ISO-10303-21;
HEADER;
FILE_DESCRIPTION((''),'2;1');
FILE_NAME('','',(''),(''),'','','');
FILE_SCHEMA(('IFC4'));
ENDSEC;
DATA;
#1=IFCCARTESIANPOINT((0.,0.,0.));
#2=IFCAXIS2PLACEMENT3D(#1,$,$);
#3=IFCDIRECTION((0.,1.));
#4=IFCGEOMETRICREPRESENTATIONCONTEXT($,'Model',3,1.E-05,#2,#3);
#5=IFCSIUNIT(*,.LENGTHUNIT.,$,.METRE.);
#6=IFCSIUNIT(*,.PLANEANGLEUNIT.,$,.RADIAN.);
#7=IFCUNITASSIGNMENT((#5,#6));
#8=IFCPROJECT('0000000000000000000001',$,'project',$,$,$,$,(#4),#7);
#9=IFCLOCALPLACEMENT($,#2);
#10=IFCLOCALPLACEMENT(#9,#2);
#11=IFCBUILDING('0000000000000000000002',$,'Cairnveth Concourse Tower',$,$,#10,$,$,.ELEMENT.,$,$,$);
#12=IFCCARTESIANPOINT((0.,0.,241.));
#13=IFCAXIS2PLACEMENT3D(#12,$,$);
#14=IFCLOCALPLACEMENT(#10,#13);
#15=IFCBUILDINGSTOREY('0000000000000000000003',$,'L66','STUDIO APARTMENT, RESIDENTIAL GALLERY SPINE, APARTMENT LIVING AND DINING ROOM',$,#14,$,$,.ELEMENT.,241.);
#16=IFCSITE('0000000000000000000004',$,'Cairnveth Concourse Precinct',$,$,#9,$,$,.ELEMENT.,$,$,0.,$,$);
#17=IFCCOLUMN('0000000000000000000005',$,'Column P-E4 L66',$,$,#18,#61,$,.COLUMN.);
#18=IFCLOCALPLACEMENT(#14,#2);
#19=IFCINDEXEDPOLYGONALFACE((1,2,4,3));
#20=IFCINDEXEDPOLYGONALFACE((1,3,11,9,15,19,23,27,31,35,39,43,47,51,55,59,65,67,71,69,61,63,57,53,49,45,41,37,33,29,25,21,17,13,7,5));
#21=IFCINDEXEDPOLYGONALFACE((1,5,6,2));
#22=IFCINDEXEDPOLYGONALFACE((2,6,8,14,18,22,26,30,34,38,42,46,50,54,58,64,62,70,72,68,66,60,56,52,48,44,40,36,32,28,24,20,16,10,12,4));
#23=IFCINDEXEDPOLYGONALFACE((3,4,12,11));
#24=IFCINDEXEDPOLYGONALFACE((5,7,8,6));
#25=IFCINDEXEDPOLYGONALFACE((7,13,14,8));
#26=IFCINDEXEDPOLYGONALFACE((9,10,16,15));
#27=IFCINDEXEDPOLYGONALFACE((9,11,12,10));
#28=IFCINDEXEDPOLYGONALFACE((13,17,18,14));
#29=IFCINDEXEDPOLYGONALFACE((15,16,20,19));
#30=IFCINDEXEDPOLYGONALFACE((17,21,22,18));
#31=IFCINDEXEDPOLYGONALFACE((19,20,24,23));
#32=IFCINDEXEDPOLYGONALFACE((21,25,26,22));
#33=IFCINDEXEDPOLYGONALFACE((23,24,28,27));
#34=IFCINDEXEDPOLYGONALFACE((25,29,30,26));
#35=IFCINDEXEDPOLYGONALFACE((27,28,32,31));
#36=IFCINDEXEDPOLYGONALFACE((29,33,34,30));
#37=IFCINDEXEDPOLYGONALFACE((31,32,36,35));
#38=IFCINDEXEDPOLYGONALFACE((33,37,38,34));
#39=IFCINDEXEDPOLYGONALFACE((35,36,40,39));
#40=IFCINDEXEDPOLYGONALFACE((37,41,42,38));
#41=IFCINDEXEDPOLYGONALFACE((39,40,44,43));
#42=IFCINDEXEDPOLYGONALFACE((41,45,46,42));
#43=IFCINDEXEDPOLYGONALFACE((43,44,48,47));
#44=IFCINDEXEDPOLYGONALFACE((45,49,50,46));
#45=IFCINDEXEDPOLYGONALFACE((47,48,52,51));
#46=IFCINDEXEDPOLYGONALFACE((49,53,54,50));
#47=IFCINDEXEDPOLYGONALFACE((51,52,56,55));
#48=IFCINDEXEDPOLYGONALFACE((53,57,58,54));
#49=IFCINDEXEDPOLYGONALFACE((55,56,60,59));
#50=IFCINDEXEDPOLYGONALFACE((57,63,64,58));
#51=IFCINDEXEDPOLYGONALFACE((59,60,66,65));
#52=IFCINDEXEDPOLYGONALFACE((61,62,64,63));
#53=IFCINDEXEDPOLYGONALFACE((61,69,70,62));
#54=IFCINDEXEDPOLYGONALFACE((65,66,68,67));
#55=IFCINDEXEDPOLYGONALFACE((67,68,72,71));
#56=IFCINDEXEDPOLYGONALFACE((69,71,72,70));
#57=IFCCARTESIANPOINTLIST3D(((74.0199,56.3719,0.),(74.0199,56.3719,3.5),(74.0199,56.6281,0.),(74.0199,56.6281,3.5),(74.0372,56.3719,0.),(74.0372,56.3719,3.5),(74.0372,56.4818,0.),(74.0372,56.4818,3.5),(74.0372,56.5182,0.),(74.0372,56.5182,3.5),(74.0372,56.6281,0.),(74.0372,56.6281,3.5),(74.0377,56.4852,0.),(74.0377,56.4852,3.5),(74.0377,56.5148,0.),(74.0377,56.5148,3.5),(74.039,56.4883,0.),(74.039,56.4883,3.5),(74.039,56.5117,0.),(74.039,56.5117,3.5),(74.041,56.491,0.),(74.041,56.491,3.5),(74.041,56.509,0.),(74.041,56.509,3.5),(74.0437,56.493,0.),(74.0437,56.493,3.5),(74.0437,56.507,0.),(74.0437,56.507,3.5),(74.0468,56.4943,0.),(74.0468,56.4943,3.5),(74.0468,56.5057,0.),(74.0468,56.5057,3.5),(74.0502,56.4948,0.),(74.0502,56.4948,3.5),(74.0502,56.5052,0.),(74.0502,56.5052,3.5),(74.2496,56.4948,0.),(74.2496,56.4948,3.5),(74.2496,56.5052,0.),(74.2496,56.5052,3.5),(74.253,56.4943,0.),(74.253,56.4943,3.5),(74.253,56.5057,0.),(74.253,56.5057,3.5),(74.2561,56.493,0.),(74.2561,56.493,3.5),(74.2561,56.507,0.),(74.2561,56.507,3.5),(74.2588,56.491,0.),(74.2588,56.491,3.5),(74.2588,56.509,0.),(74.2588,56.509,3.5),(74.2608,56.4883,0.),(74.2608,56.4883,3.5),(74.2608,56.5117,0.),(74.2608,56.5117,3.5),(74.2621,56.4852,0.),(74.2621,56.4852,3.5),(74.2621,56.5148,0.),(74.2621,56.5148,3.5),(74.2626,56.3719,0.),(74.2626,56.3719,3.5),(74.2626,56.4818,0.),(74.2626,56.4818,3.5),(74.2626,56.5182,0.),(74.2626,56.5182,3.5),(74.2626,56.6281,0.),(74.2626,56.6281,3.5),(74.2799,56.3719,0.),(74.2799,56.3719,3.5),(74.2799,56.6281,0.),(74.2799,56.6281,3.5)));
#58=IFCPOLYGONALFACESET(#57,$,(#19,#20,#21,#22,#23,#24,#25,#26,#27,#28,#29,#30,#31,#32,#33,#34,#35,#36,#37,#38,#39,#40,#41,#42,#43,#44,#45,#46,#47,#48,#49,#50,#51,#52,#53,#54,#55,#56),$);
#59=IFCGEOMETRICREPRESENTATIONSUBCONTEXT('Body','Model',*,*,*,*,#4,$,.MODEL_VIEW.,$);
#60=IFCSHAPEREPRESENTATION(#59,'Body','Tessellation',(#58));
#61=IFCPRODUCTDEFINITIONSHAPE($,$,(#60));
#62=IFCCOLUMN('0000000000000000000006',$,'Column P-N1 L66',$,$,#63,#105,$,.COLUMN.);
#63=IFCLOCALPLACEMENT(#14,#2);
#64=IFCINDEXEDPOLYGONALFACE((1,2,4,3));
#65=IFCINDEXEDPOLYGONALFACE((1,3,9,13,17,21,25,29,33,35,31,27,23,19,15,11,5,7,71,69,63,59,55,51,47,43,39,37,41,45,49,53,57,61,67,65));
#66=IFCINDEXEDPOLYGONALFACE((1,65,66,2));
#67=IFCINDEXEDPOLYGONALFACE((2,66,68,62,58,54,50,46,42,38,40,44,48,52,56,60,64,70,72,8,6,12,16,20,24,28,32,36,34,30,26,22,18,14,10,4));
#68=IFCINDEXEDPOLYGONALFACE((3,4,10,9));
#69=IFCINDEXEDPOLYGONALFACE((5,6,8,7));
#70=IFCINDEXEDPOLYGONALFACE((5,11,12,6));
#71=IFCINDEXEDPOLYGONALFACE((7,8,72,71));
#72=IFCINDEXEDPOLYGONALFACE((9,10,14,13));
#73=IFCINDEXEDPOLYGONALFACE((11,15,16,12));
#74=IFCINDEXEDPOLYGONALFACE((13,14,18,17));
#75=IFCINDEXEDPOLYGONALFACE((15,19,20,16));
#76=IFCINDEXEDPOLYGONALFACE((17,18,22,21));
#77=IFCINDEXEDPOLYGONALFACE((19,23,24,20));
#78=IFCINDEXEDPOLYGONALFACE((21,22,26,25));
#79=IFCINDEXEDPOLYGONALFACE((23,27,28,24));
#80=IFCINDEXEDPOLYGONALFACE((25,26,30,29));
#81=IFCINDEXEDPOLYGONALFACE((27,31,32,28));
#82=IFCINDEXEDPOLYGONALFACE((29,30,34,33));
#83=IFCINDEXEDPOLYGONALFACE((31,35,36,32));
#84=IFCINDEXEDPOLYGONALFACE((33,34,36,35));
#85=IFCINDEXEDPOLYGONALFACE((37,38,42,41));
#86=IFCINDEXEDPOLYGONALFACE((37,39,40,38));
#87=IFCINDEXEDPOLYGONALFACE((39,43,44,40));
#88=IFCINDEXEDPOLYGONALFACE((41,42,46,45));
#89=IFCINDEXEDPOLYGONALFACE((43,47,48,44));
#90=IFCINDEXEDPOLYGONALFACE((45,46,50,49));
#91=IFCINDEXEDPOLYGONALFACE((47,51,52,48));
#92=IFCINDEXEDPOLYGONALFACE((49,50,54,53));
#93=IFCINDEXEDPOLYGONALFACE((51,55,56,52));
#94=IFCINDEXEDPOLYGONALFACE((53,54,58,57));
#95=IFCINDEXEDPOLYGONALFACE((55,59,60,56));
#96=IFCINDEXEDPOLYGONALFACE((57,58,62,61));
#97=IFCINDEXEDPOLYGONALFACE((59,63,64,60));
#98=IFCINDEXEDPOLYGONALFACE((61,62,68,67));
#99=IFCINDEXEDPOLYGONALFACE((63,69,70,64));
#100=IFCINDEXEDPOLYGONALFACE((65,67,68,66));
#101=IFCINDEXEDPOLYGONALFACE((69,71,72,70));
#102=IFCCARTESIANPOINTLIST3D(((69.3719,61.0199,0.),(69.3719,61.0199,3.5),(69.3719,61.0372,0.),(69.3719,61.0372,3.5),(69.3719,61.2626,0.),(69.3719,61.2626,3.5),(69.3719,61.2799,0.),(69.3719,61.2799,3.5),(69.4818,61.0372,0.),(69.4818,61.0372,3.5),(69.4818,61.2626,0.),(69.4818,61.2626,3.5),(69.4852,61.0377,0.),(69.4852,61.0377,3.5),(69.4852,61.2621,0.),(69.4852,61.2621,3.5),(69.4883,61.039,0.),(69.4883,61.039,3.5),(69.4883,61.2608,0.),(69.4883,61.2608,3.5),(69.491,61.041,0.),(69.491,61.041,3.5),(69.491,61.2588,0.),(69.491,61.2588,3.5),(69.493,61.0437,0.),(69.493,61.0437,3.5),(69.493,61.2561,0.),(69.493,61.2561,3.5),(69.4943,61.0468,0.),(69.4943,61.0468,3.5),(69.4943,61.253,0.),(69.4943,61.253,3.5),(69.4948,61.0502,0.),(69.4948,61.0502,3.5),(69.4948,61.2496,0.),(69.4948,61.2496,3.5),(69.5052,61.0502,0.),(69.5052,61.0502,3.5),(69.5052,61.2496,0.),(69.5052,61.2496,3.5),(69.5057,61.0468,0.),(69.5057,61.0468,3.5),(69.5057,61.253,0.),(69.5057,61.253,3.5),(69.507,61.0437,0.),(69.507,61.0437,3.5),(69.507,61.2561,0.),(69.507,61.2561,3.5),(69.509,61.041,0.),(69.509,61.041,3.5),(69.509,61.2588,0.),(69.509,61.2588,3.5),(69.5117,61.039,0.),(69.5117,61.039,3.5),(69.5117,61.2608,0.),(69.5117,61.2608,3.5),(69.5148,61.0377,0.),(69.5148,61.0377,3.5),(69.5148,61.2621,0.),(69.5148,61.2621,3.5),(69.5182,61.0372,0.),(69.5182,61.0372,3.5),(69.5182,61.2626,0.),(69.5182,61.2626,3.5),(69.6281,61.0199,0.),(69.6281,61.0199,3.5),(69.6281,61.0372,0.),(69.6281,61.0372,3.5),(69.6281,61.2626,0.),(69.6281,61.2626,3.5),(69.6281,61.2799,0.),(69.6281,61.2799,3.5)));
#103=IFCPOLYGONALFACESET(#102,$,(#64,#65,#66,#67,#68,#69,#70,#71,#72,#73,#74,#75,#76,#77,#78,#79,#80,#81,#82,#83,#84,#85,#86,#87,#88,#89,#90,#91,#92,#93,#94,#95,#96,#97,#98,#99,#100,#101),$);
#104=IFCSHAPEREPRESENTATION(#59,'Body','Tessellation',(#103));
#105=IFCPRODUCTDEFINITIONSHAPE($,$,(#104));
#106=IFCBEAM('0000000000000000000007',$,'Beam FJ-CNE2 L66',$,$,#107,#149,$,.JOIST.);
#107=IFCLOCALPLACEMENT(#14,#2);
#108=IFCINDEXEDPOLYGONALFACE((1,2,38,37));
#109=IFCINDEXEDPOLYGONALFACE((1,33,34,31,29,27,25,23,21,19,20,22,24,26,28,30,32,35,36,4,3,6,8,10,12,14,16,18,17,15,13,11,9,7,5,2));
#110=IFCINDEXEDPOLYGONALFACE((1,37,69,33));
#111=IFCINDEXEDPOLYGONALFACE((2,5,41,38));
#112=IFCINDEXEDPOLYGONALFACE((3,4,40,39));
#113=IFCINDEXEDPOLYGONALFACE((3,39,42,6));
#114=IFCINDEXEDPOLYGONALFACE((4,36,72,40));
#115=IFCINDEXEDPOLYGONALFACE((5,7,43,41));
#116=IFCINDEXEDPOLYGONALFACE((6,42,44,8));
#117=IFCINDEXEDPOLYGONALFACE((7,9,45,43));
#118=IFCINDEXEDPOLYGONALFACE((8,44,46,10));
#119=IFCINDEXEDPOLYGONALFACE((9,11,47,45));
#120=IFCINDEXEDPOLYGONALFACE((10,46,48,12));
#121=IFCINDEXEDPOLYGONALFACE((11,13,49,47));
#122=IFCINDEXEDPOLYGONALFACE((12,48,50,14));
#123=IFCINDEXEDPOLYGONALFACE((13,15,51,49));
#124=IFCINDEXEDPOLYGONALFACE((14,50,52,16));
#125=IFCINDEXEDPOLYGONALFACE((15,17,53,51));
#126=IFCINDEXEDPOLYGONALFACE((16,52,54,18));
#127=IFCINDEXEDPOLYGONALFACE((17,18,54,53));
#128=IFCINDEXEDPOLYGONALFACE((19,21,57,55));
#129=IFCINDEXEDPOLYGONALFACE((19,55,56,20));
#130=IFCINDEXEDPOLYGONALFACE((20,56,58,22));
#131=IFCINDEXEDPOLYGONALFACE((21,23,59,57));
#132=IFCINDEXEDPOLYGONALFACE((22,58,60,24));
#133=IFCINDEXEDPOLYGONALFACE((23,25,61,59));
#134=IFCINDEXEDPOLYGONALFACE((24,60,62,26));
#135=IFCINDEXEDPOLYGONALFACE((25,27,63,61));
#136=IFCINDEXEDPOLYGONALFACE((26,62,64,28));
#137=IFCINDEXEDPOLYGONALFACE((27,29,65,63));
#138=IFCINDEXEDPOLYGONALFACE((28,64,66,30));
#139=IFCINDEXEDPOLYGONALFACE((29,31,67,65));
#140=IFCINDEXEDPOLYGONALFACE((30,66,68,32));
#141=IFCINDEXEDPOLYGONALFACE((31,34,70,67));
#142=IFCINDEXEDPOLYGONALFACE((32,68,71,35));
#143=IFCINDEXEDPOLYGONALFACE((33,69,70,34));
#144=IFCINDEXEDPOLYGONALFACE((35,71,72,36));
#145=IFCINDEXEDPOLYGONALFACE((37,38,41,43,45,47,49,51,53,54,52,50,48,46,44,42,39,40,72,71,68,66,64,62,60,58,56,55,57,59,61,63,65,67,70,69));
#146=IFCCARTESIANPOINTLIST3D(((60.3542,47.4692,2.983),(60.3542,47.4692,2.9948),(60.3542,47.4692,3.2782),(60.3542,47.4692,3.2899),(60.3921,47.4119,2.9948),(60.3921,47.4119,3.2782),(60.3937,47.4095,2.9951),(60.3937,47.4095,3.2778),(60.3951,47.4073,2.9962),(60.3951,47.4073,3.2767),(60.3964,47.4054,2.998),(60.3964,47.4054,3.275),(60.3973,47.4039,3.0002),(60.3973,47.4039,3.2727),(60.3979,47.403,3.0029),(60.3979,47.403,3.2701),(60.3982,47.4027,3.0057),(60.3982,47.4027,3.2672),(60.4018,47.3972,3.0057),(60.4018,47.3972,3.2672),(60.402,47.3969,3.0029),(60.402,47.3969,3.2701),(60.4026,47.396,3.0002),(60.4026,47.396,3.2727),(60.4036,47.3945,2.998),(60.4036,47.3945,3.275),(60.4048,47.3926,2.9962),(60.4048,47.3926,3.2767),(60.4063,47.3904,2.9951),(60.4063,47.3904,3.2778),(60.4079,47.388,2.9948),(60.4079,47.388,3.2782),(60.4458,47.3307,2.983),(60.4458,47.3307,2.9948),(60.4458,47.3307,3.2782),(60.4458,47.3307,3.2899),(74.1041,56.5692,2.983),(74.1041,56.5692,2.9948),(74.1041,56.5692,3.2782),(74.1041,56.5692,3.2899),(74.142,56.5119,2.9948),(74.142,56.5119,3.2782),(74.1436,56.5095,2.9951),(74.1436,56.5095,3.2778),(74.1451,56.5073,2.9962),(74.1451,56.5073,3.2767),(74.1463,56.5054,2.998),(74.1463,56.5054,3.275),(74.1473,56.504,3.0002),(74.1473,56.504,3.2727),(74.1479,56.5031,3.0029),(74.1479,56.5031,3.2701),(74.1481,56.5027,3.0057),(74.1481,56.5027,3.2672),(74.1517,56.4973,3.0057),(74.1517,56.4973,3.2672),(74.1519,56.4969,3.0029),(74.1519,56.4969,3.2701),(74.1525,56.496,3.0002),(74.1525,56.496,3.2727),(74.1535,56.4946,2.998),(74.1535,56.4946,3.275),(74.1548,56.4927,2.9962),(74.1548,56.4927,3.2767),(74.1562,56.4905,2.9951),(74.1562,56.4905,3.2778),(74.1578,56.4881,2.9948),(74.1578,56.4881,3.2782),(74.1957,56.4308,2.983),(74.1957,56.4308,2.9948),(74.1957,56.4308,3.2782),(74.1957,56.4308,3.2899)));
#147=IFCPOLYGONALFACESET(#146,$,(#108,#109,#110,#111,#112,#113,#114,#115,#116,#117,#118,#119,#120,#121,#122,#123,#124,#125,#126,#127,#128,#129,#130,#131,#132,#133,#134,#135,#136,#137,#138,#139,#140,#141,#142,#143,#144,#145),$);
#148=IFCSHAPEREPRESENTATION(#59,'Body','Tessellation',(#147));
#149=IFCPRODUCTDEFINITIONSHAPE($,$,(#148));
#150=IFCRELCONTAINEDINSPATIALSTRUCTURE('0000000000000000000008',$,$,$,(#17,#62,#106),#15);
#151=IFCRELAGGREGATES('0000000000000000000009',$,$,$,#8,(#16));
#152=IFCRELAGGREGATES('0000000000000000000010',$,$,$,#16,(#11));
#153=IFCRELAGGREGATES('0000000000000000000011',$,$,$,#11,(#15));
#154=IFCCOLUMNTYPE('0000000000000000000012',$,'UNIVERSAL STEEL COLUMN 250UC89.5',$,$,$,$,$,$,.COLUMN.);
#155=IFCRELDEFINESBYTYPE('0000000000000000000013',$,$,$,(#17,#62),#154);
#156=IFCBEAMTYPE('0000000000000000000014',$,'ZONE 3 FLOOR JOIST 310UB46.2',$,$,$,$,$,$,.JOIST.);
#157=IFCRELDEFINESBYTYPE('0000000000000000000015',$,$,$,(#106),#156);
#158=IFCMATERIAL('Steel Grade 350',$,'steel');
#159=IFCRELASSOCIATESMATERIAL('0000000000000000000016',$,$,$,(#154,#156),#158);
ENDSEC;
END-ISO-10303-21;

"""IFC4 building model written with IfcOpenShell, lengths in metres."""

from ifc_helpers import new_model, si_unit, direction, frame, origin, origin_2d, place, context, subcontext, project, spatial, i_section, extrude, material, material_profile, profile_set, type_object, element, save


model = new_model("IFC4")

# Units and contexts
model_context = context("Model", 3, precision=1e-05, world=origin(), true_north=direction((0.0, 1.0)))
body_context = subcontext(model_context, "Body", "Model", "MODEL_VIEW")
ifc_project = project(units=[si_unit("LENGTHUNIT", "METRE"), si_unit("PLANEANGLEUNIT", "RADIAN")], contexts=[model_context])

# Site, building, storey
site_placement = place(None, origin())
site = spatial("IfcSite", under=ifc_project, at=site_placement, Name="Cairnveth Concourse Precinct", CompositionType="ELEMENT", RefElevation=0.0)
building_placement = place(site_placement, origin())
building = spatial("IfcBuilding", under=site, at=building_placement, Name="Cairnveth Concourse Tower", CompositionType="ELEMENT")
storey_placement = place(building_placement, frame((0.0, 0.0, 241.0)))
storey = spatial("IfcBuildingStorey", under=building, at=storey_placement, Name="L66", Description="STUDIO APARTMENT, RESIDENTIAL GALLERY SPINE, APARTMENT LIVING AND DINING ROOM", CompositionType="ELEMENT", Elevation=241.0)

# Columns
ifc_material_1 = material(Name="Steel Grade 350", Category="steel")
ifc_material_profile_1 = material_profile(ifc_material_1, i_section(OverallWidth=0.2561, OverallDepth=0.26, WebThickness=0.0105, FlangeThickness=0.0173, FilletRadius=0.0129, at=origin_2d()), Name="250UC89.5")
ifc_profile_set_1 = profile_set([ifc_material_profile_1], Name="Steel Grade 350")
column_type = type_object("IfcColumnType", Name="UNIVERSAL STEEL COLUMN 250UC89.5", PredefinedType="COLUMN", material=ifc_profile_set_1)
for number, where, z_axis, x_axis, name in (
    (1, (74.1499, 56.5, 0.0), (0.0, 0.0, 1.0), (0.0, 1.0, 0.0), "Column P-E4 L66"),
    (2, (69.5, 61.1499, 0.0), (0.0, 0.0, 1.0), (1.0, 0.0, 0.0), "Column P-N1 L66"),
):
    element("IfcColumn", number, at=place(storey_placement, frame(where, z_axis=z_axis, x_axis=x_axis)), inside=storey, type_object=column_type, Name=name, PredefinedType="COLUMN", context=body_context, shape_type="SweptSolid", body=[
        extrude(i_section(OverallWidth=0.2561, OverallDepth=0.26, WebThickness=0.0105, FlangeThickness=0.0173, FilletRadius=0.0129, at=origin_2d()), origin(), (0.0, 0.0, 1.0), 3.5),
    ])

# Beam
ifc_material_profile_2 = material_profile(ifc_material_1, i_section(OverallWidth=0.166, OverallDepth=0.3069, WebThickness=0.0066, FlangeThickness=0.0117, FilletRadius=0.011, at=origin_2d()), Name="310UB46.2")
ifc_profile_set_2 = profile_set([ifc_material_profile_2], Name="Steel Grade 350")
beam_type_1 = type_object("IfcBeamType", Name="ZONE 3 FLOOR JOIST 310UB46.2", PredefinedType="JOIST", material=ifc_profile_set_2)
beam_1_placement = place(storey_placement, frame((74.1499, 56.5, 3.1365), z_axis=(-0.833909, -0.551902, 0.0), x_axis=(0.551902, -0.833909, 0.0)))
element("IfcBeam", 3, at=beam_1_placement, inside=storey, type_object=beam_type_1, Name="Beam FJ-CNE2 L66", PredefinedType="JOIST", context=body_context, shape_type="SweptSolid", body=[
    extrude(i_section(OverallWidth=0.166, OverallDepth=0.3069, WebThickness=0.0066, FlangeThickness=0.0117, FilletRadius=0.011, at=origin_2d()), origin(), (0.0, 0.0, 1.0), 16.4885),
])

save(model, "model.ifc")
